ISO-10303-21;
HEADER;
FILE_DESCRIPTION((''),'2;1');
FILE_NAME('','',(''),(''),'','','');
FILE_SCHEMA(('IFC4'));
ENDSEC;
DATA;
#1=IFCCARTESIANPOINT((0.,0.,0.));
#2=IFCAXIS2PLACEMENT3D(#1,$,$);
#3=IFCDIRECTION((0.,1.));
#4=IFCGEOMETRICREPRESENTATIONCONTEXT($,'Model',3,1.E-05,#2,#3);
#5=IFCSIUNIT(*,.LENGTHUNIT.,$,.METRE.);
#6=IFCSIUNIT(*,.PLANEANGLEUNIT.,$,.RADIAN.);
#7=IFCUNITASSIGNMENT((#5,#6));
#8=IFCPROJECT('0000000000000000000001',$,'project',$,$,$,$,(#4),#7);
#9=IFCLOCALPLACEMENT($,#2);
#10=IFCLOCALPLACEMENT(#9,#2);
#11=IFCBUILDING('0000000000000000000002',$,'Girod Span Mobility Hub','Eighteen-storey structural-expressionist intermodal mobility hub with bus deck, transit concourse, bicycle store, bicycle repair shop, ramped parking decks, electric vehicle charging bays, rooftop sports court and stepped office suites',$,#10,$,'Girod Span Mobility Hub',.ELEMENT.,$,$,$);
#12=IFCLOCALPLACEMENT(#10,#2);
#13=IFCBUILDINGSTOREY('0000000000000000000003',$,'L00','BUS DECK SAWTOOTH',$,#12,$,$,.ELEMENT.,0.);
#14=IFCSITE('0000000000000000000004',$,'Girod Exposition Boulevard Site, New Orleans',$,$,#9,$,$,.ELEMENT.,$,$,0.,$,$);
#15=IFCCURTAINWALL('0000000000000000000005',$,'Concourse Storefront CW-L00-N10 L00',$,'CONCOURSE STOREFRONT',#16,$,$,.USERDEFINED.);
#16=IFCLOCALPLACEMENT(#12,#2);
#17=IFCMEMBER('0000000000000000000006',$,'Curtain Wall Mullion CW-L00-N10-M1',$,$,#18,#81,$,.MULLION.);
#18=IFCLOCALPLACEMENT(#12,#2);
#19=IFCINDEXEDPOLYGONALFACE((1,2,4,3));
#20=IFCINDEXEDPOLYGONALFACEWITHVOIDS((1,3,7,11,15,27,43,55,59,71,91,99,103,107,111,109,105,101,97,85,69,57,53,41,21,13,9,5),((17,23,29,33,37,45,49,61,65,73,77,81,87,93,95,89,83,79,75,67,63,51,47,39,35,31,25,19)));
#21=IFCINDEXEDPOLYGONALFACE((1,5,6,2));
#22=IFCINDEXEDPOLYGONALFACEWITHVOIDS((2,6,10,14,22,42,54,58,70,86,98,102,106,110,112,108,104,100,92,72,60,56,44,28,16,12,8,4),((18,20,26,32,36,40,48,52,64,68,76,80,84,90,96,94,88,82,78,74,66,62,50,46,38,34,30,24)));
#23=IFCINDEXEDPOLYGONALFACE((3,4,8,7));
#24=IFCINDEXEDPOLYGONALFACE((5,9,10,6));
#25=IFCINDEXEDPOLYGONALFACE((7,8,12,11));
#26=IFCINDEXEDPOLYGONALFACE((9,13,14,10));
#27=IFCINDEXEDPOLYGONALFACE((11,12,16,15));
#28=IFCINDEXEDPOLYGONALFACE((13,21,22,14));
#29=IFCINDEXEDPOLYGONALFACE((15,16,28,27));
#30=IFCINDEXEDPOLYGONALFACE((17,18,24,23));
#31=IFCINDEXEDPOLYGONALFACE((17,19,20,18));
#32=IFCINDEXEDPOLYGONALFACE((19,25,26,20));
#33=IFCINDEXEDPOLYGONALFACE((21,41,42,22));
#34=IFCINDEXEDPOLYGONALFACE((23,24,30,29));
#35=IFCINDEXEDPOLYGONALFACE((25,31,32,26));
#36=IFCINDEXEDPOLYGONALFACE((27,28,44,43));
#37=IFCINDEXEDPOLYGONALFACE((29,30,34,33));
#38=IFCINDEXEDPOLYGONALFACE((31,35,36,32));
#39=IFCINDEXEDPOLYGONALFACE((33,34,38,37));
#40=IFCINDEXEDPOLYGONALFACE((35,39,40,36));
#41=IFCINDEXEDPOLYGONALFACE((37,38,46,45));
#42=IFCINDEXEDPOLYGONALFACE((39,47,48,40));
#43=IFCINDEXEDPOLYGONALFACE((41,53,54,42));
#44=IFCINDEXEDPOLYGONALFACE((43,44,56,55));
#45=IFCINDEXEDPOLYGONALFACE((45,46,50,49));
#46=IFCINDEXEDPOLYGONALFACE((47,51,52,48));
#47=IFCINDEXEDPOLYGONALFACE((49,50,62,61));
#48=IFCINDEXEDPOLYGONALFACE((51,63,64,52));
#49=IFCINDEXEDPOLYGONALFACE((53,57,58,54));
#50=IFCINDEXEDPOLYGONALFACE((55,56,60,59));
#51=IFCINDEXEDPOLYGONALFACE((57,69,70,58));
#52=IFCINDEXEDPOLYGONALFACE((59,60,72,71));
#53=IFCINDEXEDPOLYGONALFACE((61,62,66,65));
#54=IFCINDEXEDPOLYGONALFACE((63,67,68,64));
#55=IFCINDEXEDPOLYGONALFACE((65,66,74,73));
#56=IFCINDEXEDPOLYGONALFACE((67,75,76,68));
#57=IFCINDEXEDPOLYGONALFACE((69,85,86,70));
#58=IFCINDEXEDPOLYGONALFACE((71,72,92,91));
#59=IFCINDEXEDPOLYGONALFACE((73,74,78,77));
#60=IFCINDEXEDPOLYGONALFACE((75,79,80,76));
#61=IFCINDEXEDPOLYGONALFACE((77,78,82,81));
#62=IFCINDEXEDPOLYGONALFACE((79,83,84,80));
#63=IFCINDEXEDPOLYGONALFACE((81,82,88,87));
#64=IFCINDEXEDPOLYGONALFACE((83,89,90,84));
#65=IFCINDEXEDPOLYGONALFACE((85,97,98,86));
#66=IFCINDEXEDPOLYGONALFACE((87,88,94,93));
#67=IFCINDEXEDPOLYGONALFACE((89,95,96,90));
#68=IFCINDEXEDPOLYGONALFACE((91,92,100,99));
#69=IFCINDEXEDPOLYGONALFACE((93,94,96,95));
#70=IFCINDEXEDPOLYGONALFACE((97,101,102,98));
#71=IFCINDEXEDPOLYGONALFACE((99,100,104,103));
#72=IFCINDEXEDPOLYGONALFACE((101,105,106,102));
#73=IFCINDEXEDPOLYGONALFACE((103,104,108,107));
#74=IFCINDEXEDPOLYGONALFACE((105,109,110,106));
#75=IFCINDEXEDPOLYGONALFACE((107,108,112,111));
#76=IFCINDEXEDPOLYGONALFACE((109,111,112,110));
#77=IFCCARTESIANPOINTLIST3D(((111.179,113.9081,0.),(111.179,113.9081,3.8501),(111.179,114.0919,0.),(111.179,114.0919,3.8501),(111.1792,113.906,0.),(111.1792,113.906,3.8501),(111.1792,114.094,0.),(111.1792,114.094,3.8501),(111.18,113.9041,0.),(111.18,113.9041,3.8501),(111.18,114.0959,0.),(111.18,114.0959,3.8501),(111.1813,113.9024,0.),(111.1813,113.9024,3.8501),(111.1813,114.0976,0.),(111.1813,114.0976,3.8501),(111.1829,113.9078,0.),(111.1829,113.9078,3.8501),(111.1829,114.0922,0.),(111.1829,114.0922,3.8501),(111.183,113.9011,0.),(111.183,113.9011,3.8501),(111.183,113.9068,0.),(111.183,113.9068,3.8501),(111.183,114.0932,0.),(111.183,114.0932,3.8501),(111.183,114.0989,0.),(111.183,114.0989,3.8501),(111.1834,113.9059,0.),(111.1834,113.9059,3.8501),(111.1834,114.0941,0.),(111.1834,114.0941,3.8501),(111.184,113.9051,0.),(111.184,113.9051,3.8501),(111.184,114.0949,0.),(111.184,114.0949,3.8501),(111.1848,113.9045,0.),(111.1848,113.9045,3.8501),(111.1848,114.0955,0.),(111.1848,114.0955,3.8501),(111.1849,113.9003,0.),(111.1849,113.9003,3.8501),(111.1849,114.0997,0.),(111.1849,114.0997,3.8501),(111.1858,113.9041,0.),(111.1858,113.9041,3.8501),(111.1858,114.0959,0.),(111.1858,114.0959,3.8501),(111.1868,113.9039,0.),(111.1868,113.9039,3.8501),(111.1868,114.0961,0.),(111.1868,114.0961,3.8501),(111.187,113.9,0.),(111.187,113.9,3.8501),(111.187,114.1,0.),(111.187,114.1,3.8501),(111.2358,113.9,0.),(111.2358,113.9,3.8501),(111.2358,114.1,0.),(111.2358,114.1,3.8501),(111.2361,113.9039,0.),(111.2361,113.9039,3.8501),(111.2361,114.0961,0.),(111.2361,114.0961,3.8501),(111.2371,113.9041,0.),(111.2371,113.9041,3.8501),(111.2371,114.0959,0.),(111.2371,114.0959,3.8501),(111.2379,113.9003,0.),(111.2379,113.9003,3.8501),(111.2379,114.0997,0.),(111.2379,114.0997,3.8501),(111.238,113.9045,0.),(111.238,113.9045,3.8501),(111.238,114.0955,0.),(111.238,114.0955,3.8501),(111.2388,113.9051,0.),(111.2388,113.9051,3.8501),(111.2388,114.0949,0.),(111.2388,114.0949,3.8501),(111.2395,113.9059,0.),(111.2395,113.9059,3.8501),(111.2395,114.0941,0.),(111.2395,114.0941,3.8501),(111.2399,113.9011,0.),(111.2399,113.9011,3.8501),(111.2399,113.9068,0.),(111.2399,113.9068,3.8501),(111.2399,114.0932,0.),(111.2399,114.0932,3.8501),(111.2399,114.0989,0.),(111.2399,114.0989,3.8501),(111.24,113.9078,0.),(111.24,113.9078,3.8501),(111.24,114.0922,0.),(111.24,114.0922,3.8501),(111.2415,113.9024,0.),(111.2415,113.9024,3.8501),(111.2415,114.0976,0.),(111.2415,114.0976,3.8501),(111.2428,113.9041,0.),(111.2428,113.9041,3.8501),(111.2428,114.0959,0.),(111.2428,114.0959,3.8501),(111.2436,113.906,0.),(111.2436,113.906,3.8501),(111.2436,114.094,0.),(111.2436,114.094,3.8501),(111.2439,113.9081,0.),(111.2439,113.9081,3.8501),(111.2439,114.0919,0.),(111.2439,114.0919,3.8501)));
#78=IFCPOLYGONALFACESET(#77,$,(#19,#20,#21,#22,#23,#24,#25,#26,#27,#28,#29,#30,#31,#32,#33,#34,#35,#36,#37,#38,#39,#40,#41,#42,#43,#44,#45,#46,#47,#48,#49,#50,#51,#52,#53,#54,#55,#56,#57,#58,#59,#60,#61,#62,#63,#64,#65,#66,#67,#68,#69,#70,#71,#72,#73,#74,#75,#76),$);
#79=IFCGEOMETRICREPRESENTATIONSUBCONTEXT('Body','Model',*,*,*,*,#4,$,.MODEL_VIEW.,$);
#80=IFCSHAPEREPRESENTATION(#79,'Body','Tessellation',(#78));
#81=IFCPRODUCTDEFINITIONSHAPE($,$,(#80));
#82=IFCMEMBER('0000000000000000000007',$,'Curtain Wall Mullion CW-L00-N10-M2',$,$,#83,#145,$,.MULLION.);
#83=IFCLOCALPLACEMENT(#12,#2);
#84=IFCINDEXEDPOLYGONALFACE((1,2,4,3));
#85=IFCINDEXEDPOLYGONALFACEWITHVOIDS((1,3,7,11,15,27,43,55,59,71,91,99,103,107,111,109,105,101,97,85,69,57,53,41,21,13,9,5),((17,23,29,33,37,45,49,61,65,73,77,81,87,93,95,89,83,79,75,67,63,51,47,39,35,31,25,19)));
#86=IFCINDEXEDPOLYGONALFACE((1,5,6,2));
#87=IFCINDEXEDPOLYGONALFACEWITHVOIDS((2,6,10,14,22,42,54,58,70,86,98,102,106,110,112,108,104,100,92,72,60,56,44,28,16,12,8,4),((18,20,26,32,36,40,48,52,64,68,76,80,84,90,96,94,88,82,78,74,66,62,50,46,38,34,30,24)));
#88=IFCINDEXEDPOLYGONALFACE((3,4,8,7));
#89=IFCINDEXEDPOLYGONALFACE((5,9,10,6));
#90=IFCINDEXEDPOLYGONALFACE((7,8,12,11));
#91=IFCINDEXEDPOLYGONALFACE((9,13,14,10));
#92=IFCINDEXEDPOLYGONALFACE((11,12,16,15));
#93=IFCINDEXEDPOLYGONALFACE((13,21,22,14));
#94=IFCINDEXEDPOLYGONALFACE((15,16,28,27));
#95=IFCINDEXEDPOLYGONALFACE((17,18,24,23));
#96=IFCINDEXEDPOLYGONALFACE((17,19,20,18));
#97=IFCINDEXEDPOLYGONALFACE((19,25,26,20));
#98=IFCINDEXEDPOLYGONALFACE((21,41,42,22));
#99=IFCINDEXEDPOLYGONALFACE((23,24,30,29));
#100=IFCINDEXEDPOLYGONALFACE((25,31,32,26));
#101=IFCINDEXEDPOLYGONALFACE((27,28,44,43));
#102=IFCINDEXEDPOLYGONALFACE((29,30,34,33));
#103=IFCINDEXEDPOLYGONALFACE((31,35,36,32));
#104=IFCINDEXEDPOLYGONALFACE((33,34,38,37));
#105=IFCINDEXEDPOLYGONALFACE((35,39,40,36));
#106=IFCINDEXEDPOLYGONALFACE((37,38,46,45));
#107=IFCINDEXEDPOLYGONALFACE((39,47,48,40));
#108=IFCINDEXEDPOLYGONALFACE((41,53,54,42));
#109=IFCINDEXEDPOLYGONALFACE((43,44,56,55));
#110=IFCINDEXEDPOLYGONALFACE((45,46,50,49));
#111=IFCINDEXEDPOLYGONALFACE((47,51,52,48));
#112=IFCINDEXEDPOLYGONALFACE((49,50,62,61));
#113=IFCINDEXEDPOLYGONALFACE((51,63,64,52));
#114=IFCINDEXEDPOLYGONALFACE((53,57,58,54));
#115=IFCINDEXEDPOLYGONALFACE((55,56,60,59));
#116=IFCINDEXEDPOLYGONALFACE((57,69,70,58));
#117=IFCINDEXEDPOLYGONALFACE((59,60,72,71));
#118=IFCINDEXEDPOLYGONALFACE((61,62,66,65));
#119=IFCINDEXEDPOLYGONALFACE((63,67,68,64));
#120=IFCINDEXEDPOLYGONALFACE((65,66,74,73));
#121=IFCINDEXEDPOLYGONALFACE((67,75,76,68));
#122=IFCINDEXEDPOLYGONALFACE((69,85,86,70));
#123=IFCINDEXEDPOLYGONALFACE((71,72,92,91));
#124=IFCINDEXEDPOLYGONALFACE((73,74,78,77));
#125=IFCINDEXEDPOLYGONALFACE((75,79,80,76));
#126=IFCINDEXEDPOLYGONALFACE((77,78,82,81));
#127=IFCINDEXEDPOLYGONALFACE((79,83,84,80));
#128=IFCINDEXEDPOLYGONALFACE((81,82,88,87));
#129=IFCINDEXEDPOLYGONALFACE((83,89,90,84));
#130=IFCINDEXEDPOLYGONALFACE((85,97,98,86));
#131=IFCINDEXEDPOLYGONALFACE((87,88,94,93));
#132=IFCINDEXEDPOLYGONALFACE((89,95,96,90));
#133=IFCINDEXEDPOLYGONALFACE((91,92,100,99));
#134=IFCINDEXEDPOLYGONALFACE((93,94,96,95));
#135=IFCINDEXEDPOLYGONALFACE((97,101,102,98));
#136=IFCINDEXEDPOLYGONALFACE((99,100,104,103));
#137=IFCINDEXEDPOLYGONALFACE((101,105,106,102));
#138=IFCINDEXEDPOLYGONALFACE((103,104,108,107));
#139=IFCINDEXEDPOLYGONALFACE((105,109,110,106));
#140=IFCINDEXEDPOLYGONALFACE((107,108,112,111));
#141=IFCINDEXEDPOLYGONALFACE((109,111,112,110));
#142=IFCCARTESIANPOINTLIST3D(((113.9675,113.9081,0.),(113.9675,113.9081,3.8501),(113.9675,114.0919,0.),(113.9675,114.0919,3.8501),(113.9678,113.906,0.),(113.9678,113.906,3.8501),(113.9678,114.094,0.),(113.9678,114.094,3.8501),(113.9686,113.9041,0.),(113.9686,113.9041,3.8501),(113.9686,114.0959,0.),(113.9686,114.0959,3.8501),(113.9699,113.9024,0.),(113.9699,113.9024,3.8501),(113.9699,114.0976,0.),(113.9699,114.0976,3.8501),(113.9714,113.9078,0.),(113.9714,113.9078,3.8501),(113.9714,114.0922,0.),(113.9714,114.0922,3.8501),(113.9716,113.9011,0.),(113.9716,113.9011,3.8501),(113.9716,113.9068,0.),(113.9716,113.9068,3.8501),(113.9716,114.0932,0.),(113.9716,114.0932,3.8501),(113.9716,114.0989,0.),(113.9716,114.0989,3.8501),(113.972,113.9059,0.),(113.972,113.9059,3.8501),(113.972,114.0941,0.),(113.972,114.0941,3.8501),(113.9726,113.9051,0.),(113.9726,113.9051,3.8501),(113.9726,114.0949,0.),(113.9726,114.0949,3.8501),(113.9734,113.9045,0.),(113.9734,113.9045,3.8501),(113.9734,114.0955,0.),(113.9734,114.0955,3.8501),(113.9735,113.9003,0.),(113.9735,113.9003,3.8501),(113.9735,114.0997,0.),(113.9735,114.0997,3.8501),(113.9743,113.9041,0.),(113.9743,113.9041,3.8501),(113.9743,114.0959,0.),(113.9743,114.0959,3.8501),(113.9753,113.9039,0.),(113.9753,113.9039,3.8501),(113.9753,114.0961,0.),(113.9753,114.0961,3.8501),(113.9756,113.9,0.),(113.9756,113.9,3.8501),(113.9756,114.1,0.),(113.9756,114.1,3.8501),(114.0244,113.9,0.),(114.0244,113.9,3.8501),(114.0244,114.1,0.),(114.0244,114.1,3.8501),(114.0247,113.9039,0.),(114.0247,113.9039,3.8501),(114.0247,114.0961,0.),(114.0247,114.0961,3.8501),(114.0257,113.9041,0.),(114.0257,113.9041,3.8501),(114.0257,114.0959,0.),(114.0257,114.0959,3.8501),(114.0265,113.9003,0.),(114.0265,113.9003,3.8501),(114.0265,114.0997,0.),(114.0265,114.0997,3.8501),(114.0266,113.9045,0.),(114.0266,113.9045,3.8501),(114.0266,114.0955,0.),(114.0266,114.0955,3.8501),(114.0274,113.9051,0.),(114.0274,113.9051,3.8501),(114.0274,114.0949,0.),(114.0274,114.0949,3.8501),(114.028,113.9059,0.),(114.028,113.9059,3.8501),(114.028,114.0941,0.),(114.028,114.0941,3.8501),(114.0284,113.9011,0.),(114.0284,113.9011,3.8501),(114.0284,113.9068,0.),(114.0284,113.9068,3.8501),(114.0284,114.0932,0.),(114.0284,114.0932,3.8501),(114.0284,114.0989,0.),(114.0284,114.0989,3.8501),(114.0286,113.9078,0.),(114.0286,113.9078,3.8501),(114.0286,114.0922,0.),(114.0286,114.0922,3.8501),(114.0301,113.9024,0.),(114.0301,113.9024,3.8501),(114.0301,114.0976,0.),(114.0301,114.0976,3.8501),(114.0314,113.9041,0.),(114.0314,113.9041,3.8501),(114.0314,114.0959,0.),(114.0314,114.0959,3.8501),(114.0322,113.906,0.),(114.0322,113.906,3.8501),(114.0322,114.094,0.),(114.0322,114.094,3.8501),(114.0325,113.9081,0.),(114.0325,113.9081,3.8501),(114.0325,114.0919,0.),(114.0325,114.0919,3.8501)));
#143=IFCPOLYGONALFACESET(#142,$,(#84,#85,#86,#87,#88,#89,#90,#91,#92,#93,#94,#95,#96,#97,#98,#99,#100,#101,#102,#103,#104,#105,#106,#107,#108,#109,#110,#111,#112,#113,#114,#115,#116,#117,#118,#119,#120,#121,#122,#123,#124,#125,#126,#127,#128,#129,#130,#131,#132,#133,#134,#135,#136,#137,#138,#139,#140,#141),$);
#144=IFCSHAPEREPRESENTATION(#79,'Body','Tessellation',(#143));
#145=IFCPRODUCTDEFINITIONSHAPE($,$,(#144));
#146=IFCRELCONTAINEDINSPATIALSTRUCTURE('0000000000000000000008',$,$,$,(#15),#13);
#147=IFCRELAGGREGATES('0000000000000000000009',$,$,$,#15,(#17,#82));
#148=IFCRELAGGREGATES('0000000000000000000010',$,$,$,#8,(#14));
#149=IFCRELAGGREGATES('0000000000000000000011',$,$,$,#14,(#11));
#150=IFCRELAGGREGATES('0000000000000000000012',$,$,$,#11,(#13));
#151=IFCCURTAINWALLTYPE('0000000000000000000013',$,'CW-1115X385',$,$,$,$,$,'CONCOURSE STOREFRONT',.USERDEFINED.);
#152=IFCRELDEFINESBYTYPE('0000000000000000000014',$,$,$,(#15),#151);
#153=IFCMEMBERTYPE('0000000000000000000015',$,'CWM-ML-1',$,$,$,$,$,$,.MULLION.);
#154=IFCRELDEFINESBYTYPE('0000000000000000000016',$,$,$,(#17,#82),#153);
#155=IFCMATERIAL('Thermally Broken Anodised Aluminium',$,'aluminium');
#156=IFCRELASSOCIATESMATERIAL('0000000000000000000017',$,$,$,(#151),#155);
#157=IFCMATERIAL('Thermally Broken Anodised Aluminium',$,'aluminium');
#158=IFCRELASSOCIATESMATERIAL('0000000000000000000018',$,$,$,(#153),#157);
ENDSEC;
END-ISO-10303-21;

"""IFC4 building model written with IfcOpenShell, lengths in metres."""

from ifc_helpers import new_model, si_unit, direction, frame, origin, origin_2d, place, context, subcontext, project, spatial, hollow_rectangle, extrude, material, material_profile, profile_set, type_object, element, aggregate, save


model = new_model("IFC4")

# Units and contexts
model_context = context("Model", 3, precision=1e-05, world=origin(), true_north=direction((0.0, 1.0)))
body_context = subcontext(model_context, "Body", "Model", "MODEL_VIEW")
ifc_project = project(units=[si_unit("LENGTHUNIT", "METRE"), si_unit("PLANEANGLEUNIT", "RADIAN")], contexts=[model_context])

# Site, building, storey
site_placement = place(None, origin())
site = spatial("IfcSite", under=ifc_project, at=site_placement, Name="Girod Exposition Boulevard Site, New Orleans", CompositionType="ELEMENT", RefElevation=0.0)
building_placement = place(site_placement, origin())
building = spatial("IfcBuilding", under=site, at=building_placement, Name="Girod Span Mobility Hub", Description="Eighteen-storey structural-expressionist intermodal mobility hub with bus deck, transit concourse, bicycle store, bicycle repair shop, ramped parking decks, electric vehicle charging bays, rooftop sports court and stepped office suites", LongName="Girod Span Mobility Hub", CompositionType="ELEMENT")
storey_placement = place(building_placement, origin())
storey = spatial("IfcBuildingStorey", under=building, at=storey_placement, Name="L00", Description="BUS DECK SAWTOOTH", CompositionType="ELEMENT", Elevation=0.0)

# Shared definitions
ifc_material_1 = material(Name="Thermally Broken Anodised Aluminium", Category="aluminium")
curtain_wall_type = type_object("IfcCurtainWallType", Name="CW-1115X385", ElementType="CONCOURSE STOREFRONT", PredefinedType="USERDEFINED", material=ifc_material_1)
ifc_material_2 = material(Name="Thermally Broken Anodised Aluminium", Category="aluminium")
ifc_material_profile_1 = material_profile(ifc_material_2, hollow_rectangle(XDim=0.2, YDim=0.0649, WallThickness=0.0039, InnerFilletRadius=0.0039, OuterFilletRadius=0.0081, at=origin_2d()), Name="CW-ML-65X200")
ifc_profile_set_1 = profile_set([ifc_material_profile_1], Name="Thermally Broken Anodised Aluminium")
member_type_1 = type_object("IfcMemberType", Name="CWM-ML-1", PredefinedType="MULLION", material=ifc_profile_set_1)

# Curtain wall, members
curtain_wall_1_placement = place(storey_placement, origin())
curtain_wall_1 = element("IfcCurtainWall", 1, at=curtain_wall_1_placement, inside=storey, type_object=curtain_wall_type, Name="Concourse Storefront CW-L00-N10 L00", ObjectType="CONCOURSE STOREFRONT", PredefinedType="USERDEFINED")
member_1_placement = place(storey_placement, frame((111.2114, 114.0, 0.0), z_axis=(0.0, 0.0, 1.0), x_axis=(0.0, 1.0, 0.0)))
member_1 = element("IfcMember", 2, at=member_1_placement, type_object=member_type_1, Name="Curtain Wall Mullion CW-L00-N10-M1", PredefinedType="MULLION", context=body_context, shape_type="SweptSolid", body=[
    extrude(hollow_rectangle(XDim=0.2, YDim=0.0649, WallThickness=0.0039, InnerFilletRadius=0.0039, OuterFilletRadius=0.0081, at=origin_2d()), origin(), (0.0, 0.0, 1.0), 3.8501),
])
member_2_placement = place(storey_placement, frame((114.0, 114.0, 0.0), z_axis=(0.0, 0.0, 1.0), x_axis=(0.0, 1.0, 0.0)))
member_2 = element("IfcMember", 3, at=member_2_placement, type_object=member_type_1, Name="Curtain Wall Mullion CW-L00-N10-M2", PredefinedType="MULLION", context=body_context, shape_type="SweptSolid", body=[
    extrude(hollow_rectangle(XDim=0.2, YDim=0.0649, WallThickness=0.0039, InnerFilletRadius=0.0039, OuterFilletRadius=0.0081, at=origin_2d()), origin(), (0.0, 0.0, 1.0), 3.8501),
])

aggregate(curtain_wall_1, [member_1, member_2])

save(model, "model.ifc")
